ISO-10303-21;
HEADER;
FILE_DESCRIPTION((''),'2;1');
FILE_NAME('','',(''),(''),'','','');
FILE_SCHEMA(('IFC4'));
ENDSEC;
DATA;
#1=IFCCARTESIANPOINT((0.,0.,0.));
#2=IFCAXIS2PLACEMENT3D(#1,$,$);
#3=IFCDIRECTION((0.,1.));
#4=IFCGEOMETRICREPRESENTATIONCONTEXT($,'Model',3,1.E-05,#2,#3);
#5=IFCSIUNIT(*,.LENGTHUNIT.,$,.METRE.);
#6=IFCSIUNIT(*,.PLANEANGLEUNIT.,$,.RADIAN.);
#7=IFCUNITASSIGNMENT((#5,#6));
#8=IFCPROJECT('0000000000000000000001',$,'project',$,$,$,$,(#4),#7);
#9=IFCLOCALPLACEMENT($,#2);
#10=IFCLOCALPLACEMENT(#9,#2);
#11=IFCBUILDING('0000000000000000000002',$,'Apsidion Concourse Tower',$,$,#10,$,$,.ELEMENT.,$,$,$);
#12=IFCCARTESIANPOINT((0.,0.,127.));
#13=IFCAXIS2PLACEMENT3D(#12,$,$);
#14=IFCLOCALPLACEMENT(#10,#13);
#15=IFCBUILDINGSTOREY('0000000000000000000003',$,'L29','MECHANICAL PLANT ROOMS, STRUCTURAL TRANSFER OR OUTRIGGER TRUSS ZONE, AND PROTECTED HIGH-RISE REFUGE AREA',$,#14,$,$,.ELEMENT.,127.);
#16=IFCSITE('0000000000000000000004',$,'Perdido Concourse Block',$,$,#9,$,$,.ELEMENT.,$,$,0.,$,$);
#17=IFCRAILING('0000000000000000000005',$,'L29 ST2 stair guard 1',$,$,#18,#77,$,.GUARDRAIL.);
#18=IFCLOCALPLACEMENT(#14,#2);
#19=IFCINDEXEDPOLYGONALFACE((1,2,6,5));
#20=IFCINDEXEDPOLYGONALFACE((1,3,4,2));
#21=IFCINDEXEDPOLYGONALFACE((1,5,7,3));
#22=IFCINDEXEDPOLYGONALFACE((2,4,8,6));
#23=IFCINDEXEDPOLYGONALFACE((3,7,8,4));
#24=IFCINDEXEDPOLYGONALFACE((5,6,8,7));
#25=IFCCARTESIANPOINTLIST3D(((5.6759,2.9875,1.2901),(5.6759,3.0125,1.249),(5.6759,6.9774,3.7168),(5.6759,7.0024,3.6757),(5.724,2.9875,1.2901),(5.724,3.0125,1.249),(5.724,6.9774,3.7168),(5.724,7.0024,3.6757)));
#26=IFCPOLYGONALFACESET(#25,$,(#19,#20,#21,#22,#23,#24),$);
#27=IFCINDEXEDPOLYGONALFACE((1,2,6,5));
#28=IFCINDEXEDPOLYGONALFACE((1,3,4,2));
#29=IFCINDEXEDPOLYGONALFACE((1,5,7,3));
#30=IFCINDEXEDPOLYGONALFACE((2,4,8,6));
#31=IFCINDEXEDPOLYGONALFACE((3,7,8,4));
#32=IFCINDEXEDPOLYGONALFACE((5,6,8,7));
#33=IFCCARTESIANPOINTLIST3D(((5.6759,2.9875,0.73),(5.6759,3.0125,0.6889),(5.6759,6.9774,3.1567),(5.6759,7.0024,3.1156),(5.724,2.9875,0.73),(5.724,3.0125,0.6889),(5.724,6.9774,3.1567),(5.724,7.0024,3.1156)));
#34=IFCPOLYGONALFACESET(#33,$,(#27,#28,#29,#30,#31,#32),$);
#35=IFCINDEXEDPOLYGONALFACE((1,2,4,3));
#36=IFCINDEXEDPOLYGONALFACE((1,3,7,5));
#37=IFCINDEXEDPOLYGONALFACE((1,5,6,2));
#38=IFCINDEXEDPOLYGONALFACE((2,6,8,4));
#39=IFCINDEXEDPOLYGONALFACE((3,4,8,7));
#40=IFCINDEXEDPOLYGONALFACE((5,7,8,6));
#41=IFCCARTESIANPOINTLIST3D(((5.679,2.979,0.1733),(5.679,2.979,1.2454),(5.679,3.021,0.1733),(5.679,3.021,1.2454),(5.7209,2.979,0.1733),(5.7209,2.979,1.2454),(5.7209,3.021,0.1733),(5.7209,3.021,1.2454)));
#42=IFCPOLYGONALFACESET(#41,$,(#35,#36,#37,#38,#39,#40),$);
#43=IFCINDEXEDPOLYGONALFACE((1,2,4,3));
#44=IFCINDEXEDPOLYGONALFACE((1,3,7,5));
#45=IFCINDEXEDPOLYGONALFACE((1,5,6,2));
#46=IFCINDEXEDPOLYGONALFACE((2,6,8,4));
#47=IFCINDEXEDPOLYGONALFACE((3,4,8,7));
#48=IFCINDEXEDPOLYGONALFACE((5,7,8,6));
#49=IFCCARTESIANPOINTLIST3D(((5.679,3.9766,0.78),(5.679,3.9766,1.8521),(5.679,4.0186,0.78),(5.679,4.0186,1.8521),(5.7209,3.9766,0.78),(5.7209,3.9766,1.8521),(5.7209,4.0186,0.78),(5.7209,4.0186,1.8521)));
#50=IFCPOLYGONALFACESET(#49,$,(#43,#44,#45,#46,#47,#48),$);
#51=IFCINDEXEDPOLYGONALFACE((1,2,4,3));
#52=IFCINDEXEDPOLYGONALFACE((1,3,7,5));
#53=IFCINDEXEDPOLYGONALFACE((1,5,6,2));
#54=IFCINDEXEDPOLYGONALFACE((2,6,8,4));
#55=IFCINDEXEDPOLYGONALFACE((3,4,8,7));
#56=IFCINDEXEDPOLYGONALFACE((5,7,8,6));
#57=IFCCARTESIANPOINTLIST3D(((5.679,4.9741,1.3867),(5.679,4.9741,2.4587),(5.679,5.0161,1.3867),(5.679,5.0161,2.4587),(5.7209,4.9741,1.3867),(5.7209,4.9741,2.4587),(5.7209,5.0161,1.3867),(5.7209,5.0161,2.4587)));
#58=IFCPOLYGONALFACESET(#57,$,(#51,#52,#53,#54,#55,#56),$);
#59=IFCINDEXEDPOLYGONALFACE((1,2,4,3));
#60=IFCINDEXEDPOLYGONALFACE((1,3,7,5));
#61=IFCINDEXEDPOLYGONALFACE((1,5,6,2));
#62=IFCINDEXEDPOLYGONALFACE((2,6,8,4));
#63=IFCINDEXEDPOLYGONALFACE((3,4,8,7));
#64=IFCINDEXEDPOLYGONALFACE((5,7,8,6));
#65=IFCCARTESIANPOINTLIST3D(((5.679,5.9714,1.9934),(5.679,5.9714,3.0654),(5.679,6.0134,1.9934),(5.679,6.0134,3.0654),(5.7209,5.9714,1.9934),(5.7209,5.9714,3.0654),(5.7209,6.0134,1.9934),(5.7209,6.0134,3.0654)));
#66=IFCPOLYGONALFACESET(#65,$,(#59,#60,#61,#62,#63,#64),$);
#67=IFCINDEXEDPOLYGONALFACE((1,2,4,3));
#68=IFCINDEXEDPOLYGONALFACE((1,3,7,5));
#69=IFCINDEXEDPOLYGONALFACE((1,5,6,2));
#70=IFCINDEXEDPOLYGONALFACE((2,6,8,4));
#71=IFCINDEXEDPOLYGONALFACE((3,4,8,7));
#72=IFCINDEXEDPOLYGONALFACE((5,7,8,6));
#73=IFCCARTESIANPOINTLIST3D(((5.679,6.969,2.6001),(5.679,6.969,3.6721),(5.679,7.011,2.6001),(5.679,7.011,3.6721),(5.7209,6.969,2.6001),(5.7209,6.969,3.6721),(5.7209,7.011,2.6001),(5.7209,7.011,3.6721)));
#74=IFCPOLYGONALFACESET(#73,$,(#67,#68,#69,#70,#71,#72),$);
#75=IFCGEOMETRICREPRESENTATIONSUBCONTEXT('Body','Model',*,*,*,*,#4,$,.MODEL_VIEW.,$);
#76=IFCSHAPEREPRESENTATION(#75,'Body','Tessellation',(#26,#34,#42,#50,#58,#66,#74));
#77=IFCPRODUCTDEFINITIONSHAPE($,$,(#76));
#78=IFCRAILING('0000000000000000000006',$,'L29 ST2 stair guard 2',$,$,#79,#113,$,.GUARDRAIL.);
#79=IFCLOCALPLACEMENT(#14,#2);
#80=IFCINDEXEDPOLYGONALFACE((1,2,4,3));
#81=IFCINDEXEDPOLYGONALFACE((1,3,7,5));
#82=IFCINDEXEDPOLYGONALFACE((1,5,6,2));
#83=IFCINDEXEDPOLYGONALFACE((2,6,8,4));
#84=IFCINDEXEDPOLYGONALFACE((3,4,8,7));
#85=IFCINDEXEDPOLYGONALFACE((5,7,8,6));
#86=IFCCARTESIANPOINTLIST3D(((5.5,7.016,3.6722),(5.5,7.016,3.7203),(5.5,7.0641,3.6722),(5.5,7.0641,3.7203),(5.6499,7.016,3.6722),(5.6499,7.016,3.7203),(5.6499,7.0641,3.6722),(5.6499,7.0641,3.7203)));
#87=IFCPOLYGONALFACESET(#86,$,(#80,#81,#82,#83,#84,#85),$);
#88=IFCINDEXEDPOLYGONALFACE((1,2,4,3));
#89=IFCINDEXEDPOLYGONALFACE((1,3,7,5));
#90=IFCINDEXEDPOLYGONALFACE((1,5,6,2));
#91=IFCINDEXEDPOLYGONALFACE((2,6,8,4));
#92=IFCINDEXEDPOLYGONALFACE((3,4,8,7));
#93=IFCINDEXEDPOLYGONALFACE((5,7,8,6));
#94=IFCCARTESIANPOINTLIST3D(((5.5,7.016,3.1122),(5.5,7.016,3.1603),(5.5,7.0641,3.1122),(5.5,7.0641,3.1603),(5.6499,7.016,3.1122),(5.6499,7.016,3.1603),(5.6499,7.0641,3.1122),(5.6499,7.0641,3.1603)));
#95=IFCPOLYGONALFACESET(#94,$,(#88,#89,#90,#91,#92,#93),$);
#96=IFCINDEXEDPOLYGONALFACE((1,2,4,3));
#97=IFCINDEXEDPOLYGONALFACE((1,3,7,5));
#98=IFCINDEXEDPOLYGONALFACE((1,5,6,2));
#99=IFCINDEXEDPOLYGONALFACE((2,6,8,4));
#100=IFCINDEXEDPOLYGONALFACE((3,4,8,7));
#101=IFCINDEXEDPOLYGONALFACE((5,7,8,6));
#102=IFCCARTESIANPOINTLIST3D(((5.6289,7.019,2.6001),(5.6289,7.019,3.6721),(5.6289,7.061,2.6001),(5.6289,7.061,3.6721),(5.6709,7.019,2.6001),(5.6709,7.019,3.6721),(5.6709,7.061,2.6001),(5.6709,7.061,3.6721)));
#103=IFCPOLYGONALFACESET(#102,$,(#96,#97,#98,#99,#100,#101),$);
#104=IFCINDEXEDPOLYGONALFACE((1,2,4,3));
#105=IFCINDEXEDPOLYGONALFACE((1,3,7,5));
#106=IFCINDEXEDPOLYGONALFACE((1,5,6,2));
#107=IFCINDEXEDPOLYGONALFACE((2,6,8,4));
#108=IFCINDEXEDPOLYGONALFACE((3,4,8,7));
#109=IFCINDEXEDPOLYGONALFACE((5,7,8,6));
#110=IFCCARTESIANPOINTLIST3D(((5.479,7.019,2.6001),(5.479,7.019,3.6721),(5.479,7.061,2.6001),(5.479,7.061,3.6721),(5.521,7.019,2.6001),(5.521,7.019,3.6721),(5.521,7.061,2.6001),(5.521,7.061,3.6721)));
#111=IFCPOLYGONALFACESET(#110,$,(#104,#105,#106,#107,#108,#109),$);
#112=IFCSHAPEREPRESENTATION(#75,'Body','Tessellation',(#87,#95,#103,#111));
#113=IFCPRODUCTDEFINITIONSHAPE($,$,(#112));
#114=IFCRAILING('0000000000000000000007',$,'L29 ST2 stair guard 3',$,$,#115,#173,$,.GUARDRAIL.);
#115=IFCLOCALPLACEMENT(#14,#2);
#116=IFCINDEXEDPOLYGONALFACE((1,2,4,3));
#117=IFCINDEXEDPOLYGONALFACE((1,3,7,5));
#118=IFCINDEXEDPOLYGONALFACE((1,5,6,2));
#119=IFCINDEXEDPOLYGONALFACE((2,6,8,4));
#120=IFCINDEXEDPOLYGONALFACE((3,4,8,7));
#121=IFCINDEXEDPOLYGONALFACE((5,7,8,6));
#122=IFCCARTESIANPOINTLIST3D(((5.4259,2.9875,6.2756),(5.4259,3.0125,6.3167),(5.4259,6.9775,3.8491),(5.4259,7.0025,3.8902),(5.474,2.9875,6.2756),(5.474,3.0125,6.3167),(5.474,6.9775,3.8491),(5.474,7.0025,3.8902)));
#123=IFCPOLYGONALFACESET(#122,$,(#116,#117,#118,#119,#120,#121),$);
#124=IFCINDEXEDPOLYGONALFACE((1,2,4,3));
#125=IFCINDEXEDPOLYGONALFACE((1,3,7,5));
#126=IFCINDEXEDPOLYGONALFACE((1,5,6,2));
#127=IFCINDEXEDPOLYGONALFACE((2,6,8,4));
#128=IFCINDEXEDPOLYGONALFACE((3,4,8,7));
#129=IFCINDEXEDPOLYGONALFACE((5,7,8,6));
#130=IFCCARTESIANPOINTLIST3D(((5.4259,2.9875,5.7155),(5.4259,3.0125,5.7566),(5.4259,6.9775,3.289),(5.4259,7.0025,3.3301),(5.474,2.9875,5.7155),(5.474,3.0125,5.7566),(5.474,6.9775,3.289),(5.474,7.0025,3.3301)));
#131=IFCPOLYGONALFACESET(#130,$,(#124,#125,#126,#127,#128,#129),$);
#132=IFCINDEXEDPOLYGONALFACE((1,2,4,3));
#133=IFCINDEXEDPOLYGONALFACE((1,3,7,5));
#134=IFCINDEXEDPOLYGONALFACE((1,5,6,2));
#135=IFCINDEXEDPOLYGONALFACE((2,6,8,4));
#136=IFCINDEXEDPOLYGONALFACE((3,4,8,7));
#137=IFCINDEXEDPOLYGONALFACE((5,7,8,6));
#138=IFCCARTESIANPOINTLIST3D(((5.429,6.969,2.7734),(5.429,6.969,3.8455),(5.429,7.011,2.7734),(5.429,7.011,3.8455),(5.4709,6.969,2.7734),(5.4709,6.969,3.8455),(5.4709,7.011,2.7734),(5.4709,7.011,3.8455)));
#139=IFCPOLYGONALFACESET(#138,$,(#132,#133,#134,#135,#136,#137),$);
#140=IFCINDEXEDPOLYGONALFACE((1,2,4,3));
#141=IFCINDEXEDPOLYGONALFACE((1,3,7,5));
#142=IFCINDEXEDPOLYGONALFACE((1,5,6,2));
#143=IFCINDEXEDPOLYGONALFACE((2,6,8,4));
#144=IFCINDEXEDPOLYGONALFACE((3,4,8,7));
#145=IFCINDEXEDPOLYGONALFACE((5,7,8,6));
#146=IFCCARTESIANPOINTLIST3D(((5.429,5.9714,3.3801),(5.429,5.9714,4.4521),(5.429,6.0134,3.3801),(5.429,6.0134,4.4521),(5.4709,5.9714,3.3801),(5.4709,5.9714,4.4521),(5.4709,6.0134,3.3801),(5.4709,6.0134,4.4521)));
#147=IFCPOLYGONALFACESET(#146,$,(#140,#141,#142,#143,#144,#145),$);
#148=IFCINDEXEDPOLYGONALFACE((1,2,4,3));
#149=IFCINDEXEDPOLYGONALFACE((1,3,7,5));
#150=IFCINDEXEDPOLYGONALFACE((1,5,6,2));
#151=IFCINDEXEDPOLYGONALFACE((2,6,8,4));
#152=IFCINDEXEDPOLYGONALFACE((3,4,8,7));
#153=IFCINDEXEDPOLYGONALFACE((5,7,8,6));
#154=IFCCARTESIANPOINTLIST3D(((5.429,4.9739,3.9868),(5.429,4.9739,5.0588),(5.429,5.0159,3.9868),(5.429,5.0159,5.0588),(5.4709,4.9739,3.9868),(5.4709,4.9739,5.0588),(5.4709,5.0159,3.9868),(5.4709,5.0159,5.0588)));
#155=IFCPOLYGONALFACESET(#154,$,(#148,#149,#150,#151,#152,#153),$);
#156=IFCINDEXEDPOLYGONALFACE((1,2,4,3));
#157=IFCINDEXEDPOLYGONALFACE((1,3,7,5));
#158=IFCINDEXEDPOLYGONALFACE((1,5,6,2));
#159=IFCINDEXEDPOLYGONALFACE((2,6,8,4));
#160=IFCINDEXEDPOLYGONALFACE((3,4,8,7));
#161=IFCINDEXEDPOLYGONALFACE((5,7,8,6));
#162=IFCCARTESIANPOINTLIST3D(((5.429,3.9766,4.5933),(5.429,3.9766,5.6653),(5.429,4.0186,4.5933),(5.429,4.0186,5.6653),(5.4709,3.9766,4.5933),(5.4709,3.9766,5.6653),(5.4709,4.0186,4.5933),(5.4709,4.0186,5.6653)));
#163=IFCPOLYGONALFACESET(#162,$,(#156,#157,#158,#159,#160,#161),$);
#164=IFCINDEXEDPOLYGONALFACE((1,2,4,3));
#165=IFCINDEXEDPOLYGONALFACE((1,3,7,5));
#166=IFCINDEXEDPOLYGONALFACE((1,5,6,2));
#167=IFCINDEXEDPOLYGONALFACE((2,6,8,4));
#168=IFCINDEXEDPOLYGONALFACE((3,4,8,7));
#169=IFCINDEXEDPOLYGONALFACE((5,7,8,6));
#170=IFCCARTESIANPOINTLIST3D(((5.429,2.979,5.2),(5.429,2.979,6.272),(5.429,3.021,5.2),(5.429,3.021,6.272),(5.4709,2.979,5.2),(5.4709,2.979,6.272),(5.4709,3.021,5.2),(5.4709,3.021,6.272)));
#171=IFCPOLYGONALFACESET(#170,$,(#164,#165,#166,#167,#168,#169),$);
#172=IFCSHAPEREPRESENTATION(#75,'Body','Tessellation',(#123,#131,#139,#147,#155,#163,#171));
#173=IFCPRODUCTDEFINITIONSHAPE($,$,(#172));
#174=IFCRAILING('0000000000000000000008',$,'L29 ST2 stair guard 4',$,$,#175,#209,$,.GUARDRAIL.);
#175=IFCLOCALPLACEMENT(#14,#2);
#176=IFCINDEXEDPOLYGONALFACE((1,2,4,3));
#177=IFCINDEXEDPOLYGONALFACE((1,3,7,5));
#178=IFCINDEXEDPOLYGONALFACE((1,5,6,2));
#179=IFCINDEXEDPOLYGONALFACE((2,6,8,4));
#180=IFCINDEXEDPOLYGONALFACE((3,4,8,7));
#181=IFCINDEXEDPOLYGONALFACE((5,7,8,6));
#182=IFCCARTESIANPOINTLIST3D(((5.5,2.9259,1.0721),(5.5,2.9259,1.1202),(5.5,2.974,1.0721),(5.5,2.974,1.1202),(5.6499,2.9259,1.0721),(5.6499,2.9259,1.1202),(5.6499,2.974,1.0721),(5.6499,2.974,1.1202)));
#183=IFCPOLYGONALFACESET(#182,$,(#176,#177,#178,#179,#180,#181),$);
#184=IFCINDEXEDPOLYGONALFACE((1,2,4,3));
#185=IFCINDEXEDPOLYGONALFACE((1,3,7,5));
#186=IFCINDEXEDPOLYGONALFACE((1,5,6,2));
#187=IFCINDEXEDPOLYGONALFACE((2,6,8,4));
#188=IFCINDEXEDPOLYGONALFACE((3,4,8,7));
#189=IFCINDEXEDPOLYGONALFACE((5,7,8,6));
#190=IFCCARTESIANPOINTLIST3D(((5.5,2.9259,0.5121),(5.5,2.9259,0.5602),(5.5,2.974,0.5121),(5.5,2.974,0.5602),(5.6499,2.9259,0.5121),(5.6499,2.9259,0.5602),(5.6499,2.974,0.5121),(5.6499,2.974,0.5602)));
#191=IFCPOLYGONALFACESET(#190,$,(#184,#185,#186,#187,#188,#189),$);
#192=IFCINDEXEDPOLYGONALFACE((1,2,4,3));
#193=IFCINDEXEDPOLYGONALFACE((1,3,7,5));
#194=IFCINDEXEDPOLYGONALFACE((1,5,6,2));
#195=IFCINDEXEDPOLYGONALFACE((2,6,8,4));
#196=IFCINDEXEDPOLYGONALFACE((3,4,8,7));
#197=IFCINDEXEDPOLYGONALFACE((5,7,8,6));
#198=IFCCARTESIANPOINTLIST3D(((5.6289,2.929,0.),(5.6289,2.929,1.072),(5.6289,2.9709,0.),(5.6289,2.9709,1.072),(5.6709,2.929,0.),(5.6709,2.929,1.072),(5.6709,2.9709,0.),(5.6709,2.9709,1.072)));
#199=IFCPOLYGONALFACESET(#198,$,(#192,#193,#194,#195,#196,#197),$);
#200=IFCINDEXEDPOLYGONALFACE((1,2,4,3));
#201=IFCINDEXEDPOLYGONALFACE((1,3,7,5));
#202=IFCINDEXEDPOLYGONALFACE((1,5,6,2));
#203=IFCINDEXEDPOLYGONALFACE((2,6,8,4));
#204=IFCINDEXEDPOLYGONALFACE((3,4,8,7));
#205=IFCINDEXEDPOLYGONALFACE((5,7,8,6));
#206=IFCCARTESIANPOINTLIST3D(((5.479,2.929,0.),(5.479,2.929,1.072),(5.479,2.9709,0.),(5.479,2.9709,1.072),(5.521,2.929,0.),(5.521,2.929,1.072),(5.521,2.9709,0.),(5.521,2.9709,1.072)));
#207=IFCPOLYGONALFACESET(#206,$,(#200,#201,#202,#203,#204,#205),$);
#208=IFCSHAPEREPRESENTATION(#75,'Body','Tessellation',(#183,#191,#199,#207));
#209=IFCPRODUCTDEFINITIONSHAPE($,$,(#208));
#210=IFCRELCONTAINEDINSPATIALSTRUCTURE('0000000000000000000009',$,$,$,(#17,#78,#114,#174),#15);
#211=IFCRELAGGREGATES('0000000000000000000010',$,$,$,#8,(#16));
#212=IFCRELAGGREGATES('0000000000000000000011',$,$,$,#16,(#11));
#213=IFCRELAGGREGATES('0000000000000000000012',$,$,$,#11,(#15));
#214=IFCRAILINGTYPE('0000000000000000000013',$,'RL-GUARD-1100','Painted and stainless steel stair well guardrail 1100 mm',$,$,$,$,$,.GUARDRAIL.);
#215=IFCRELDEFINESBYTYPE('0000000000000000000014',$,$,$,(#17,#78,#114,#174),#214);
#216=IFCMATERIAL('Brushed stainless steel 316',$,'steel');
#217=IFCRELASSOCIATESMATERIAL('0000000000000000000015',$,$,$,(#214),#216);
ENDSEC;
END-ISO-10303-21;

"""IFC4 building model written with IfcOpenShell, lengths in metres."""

from ifc_helpers import new_model, si_unit, direction, frame, origin, origin_2d, place, context, subcontext, project, spatial, rectangle, extrude, material, type_object, element, save


model = new_model("IFC4")

# Units and contexts
model_context = context("Model", 3, precision=1e-05, world=origin(), true_north=direction((0.0, 1.0)))
body_context = subcontext(model_context, "Body", "Model", "MODEL_VIEW")
ifc_project = project(units=[si_unit("LENGTHUNIT", "METRE"), si_unit("PLANEANGLEUNIT", "RADIAN")], contexts=[model_context])

# Site, building, storey
site_placement = place(None, origin())
site = spatial("IfcSite", under=ifc_project, at=site_placement, Name="Perdido Concourse Block", CompositionType="ELEMENT", RefElevation=0.0)
building_placement = place(site_placement, origin())
building = spatial("IfcBuilding", under=site, at=building_placement, Name="Apsidion Concourse Tower", CompositionType="ELEMENT")
storey_placement = place(building_placement, frame((0.0, 0.0, 127.0)))
storey = spatial("IfcBuildingStorey", under=building, at=storey_placement, Name="L29", Description="MECHANICAL PLANT ROOMS, STRUCTURAL TRANSFER OR OUTRIGGER TRUSS ZONE, AND PROTECTED HIGH-RISE REFUGE AREA", CompositionType="ELEMENT", Elevation=127.0)

# Shared definitions
ifc_material_1 = material(Name="Brushed stainless steel 316", Category="steel")

# Railings
railing_type_1 = type_object("IfcRailingType", Name="RL-GUARD-1100", Description="Painted and stainless steel stair well guardrail 1100 mm", PredefinedType="GUARDRAIL", material=ifc_material_1)
railing_1_placement = place(storey_placement, frame((5.7, 3.0, 0.1733)))
element("IfcRailing", 1, at=railing_1_placement, inside=storey, type_object=railing_type_1, Name="L29 ST2 stair guard 1", PredefinedType="GUARDRAIL", context=body_context, shape_type="SweptSolid", body=[
    extrude(rectangle(XDim=0.0481, YDim=0.0481, at=origin_2d()), frame((0.0, 0.0, 1.0962), z_axis=(0.0, 0.854382, 0.519645), x_axis=(-1.0, 0.0, 0.0)), (0.0, 0.0, 1.0), 4.6699),
    extrude(rectangle(XDim=0.0481, YDim=0.0481, at=origin_2d()), frame((0.0, 0.0, 0.5361), z_axis=(0.0, 0.854382, 0.519645), x_axis=(-1.0, 0.0, 0.0)), (0.0, 0.0, 1.0), 4.6699),
    extrude(rectangle(XDim=0.042, YDim=0.042, at=origin_2d()), origin(), (0.0, 0.0, 1.0), 1.072),
    extrude(rectangle(XDim=0.042, YDim=0.042, at=origin_2d()), frame((0.0, 0.9976, 0.6067)), (0.0, 0.0, 1.0), 1.072),
    extrude(rectangle(XDim=0.042, YDim=0.042, at=origin_2d()), frame((0.0, 1.9951, 1.2134)), (0.0, 0.0, 1.0), 1.072),
    extrude(rectangle(XDim=0.042, YDim=0.042, at=origin_2d()), frame((0.0, 2.9924, 1.8201)), (0.0, 0.0, 1.0), 1.072),
    extrude(rectangle(XDim=0.042, YDim=0.042, at=origin_2d()), frame((0.0, 3.99, 2.4268)), (0.0, 0.0, 1.0), 1.072),
])
railing_2_placement = place(storey_placement, frame((5.6499, 7.04, 2.6001)))
element("IfcRailing", 2, at=railing_2_placement, inside=storey, type_object=railing_type_1, Name="L29 ST2 stair guard 2", PredefinedType="GUARDRAIL", context=body_context, shape_type="SweptSolid", body=[
    extrude(rectangle(XDim=0.0481, YDim=0.0481, at=origin_2d()), frame((0.0, 0.0, 1.0962), z_axis=(-1.0, 0.0, 0.0), x_axis=(0.0, -1.0, 0.0)), (0.0, 0.0, 1.0), 0.1499),
    extrude(rectangle(XDim=0.0481, YDim=0.0481, at=origin_2d()), frame((0.0, 0.0, 0.5361), z_axis=(-1.0, 0.0, 0.0), x_axis=(0.0, -1.0, 0.0)), (0.0, 0.0, 1.0), 0.1499),
    extrude(rectangle(XDim=0.042, YDim=0.042, at=origin_2d()), origin(), (0.0, 0.0, 1.0), 1.072),
    extrude(rectangle(XDim=0.042, YDim=0.042, at=origin_2d()), frame((-0.1499, 0.0, 0.0)), (0.0, 0.0, 1.0), 1.072),
])
railing_3_placement = place(storey_placement, frame((5.45, 6.99, 2.7734)))
element("IfcRailing", 3, at=railing_3_placement, inside=storey, type_object=railing_type_1, Name="L29 ST2 stair guard 3", PredefinedType="GUARDRAIL", context=body_context, shape_type="SweptSolid", body=[
    extrude(rectangle(XDim=0.0481, YDim=0.0481, at=origin_2d()), frame((0.0, 0.0, 1.0962), z_axis=(0.0, -0.854405, 0.519607), x_axis=(1.0, 0.0, 0.0)), (0.0, 0.0, 1.0), 4.6699),
    extrude(rectangle(XDim=0.0481, YDim=0.0481, at=origin_2d()), frame((0.0, 0.0, 0.5361), z_axis=(0.0, -0.854405, 0.519607), x_axis=(1.0, 0.0, 0.0)), (0.0, 0.0, 1.0), 4.6699),
    extrude(rectangle(XDim=0.042, YDim=0.042, at=origin_2d()), origin(), (0.0, 0.0, 1.0), 1.072),
    extrude(rectangle(XDim=0.042, YDim=0.042, at=origin_2d()), frame((0.0, -0.9976, 0.6067)), (0.0, 0.0, 1.0), 1.072),
    extrude(rectangle(XDim=0.042, YDim=0.042, at=origin_2d()), frame((0.0, -1.9951, 1.2134)), (0.0, 0.0, 1.0), 1.072),
    extrude(rectangle(XDim=0.042, YDim=0.042, at=origin_2d()), frame((0.0, -2.9924, 1.8198)), (0.0, 0.0, 1.0), 1.072),
    extrude(rectangle(XDim=0.042, YDim=0.042, at=origin_2d()), frame((0.0, -3.99, 2.4265)), (0.0, 0.0, 1.0), 1.072),
])
railing_4_placement = place(storey_placement, frame((5.6499, 2.95, 0.0)))
element("IfcRailing", 4, at=railing_4_placement, inside=storey, type_object=railing_type_1, Name="L29 ST2 stair guard 4", PredefinedType="GUARDRAIL", context=body_context, shape_type="SweptSolid", body=[
    extrude(rectangle(XDim=0.0481, YDim=0.0481, at=origin_2d()), frame((0.0, 0.0, 1.0962), z_axis=(-1.0, 0.0, 0.0), x_axis=(0.0, -1.0, 0.0)), (0.0, 0.0, 1.0), 0.1499),
    extrude(rectangle(XDim=0.0481, YDim=0.0481, at=origin_2d()), frame((0.0, 0.0, 0.5361), z_axis=(-1.0, 0.0, 0.0), x_axis=(0.0, -1.0, 0.0)), (0.0, 0.0, 1.0), 0.1499),
    extrude(rectangle(XDim=0.042, YDim=0.042, at=origin_2d()), origin(), (0.0, 0.0, 1.0), 1.072),
    extrude(rectangle(XDim=0.042, YDim=0.042, at=origin_2d()), frame((-0.1499, 0.0, 0.0)), (0.0, 0.0, 1.0), 1.072),
])

save(model, "model.ifc")
